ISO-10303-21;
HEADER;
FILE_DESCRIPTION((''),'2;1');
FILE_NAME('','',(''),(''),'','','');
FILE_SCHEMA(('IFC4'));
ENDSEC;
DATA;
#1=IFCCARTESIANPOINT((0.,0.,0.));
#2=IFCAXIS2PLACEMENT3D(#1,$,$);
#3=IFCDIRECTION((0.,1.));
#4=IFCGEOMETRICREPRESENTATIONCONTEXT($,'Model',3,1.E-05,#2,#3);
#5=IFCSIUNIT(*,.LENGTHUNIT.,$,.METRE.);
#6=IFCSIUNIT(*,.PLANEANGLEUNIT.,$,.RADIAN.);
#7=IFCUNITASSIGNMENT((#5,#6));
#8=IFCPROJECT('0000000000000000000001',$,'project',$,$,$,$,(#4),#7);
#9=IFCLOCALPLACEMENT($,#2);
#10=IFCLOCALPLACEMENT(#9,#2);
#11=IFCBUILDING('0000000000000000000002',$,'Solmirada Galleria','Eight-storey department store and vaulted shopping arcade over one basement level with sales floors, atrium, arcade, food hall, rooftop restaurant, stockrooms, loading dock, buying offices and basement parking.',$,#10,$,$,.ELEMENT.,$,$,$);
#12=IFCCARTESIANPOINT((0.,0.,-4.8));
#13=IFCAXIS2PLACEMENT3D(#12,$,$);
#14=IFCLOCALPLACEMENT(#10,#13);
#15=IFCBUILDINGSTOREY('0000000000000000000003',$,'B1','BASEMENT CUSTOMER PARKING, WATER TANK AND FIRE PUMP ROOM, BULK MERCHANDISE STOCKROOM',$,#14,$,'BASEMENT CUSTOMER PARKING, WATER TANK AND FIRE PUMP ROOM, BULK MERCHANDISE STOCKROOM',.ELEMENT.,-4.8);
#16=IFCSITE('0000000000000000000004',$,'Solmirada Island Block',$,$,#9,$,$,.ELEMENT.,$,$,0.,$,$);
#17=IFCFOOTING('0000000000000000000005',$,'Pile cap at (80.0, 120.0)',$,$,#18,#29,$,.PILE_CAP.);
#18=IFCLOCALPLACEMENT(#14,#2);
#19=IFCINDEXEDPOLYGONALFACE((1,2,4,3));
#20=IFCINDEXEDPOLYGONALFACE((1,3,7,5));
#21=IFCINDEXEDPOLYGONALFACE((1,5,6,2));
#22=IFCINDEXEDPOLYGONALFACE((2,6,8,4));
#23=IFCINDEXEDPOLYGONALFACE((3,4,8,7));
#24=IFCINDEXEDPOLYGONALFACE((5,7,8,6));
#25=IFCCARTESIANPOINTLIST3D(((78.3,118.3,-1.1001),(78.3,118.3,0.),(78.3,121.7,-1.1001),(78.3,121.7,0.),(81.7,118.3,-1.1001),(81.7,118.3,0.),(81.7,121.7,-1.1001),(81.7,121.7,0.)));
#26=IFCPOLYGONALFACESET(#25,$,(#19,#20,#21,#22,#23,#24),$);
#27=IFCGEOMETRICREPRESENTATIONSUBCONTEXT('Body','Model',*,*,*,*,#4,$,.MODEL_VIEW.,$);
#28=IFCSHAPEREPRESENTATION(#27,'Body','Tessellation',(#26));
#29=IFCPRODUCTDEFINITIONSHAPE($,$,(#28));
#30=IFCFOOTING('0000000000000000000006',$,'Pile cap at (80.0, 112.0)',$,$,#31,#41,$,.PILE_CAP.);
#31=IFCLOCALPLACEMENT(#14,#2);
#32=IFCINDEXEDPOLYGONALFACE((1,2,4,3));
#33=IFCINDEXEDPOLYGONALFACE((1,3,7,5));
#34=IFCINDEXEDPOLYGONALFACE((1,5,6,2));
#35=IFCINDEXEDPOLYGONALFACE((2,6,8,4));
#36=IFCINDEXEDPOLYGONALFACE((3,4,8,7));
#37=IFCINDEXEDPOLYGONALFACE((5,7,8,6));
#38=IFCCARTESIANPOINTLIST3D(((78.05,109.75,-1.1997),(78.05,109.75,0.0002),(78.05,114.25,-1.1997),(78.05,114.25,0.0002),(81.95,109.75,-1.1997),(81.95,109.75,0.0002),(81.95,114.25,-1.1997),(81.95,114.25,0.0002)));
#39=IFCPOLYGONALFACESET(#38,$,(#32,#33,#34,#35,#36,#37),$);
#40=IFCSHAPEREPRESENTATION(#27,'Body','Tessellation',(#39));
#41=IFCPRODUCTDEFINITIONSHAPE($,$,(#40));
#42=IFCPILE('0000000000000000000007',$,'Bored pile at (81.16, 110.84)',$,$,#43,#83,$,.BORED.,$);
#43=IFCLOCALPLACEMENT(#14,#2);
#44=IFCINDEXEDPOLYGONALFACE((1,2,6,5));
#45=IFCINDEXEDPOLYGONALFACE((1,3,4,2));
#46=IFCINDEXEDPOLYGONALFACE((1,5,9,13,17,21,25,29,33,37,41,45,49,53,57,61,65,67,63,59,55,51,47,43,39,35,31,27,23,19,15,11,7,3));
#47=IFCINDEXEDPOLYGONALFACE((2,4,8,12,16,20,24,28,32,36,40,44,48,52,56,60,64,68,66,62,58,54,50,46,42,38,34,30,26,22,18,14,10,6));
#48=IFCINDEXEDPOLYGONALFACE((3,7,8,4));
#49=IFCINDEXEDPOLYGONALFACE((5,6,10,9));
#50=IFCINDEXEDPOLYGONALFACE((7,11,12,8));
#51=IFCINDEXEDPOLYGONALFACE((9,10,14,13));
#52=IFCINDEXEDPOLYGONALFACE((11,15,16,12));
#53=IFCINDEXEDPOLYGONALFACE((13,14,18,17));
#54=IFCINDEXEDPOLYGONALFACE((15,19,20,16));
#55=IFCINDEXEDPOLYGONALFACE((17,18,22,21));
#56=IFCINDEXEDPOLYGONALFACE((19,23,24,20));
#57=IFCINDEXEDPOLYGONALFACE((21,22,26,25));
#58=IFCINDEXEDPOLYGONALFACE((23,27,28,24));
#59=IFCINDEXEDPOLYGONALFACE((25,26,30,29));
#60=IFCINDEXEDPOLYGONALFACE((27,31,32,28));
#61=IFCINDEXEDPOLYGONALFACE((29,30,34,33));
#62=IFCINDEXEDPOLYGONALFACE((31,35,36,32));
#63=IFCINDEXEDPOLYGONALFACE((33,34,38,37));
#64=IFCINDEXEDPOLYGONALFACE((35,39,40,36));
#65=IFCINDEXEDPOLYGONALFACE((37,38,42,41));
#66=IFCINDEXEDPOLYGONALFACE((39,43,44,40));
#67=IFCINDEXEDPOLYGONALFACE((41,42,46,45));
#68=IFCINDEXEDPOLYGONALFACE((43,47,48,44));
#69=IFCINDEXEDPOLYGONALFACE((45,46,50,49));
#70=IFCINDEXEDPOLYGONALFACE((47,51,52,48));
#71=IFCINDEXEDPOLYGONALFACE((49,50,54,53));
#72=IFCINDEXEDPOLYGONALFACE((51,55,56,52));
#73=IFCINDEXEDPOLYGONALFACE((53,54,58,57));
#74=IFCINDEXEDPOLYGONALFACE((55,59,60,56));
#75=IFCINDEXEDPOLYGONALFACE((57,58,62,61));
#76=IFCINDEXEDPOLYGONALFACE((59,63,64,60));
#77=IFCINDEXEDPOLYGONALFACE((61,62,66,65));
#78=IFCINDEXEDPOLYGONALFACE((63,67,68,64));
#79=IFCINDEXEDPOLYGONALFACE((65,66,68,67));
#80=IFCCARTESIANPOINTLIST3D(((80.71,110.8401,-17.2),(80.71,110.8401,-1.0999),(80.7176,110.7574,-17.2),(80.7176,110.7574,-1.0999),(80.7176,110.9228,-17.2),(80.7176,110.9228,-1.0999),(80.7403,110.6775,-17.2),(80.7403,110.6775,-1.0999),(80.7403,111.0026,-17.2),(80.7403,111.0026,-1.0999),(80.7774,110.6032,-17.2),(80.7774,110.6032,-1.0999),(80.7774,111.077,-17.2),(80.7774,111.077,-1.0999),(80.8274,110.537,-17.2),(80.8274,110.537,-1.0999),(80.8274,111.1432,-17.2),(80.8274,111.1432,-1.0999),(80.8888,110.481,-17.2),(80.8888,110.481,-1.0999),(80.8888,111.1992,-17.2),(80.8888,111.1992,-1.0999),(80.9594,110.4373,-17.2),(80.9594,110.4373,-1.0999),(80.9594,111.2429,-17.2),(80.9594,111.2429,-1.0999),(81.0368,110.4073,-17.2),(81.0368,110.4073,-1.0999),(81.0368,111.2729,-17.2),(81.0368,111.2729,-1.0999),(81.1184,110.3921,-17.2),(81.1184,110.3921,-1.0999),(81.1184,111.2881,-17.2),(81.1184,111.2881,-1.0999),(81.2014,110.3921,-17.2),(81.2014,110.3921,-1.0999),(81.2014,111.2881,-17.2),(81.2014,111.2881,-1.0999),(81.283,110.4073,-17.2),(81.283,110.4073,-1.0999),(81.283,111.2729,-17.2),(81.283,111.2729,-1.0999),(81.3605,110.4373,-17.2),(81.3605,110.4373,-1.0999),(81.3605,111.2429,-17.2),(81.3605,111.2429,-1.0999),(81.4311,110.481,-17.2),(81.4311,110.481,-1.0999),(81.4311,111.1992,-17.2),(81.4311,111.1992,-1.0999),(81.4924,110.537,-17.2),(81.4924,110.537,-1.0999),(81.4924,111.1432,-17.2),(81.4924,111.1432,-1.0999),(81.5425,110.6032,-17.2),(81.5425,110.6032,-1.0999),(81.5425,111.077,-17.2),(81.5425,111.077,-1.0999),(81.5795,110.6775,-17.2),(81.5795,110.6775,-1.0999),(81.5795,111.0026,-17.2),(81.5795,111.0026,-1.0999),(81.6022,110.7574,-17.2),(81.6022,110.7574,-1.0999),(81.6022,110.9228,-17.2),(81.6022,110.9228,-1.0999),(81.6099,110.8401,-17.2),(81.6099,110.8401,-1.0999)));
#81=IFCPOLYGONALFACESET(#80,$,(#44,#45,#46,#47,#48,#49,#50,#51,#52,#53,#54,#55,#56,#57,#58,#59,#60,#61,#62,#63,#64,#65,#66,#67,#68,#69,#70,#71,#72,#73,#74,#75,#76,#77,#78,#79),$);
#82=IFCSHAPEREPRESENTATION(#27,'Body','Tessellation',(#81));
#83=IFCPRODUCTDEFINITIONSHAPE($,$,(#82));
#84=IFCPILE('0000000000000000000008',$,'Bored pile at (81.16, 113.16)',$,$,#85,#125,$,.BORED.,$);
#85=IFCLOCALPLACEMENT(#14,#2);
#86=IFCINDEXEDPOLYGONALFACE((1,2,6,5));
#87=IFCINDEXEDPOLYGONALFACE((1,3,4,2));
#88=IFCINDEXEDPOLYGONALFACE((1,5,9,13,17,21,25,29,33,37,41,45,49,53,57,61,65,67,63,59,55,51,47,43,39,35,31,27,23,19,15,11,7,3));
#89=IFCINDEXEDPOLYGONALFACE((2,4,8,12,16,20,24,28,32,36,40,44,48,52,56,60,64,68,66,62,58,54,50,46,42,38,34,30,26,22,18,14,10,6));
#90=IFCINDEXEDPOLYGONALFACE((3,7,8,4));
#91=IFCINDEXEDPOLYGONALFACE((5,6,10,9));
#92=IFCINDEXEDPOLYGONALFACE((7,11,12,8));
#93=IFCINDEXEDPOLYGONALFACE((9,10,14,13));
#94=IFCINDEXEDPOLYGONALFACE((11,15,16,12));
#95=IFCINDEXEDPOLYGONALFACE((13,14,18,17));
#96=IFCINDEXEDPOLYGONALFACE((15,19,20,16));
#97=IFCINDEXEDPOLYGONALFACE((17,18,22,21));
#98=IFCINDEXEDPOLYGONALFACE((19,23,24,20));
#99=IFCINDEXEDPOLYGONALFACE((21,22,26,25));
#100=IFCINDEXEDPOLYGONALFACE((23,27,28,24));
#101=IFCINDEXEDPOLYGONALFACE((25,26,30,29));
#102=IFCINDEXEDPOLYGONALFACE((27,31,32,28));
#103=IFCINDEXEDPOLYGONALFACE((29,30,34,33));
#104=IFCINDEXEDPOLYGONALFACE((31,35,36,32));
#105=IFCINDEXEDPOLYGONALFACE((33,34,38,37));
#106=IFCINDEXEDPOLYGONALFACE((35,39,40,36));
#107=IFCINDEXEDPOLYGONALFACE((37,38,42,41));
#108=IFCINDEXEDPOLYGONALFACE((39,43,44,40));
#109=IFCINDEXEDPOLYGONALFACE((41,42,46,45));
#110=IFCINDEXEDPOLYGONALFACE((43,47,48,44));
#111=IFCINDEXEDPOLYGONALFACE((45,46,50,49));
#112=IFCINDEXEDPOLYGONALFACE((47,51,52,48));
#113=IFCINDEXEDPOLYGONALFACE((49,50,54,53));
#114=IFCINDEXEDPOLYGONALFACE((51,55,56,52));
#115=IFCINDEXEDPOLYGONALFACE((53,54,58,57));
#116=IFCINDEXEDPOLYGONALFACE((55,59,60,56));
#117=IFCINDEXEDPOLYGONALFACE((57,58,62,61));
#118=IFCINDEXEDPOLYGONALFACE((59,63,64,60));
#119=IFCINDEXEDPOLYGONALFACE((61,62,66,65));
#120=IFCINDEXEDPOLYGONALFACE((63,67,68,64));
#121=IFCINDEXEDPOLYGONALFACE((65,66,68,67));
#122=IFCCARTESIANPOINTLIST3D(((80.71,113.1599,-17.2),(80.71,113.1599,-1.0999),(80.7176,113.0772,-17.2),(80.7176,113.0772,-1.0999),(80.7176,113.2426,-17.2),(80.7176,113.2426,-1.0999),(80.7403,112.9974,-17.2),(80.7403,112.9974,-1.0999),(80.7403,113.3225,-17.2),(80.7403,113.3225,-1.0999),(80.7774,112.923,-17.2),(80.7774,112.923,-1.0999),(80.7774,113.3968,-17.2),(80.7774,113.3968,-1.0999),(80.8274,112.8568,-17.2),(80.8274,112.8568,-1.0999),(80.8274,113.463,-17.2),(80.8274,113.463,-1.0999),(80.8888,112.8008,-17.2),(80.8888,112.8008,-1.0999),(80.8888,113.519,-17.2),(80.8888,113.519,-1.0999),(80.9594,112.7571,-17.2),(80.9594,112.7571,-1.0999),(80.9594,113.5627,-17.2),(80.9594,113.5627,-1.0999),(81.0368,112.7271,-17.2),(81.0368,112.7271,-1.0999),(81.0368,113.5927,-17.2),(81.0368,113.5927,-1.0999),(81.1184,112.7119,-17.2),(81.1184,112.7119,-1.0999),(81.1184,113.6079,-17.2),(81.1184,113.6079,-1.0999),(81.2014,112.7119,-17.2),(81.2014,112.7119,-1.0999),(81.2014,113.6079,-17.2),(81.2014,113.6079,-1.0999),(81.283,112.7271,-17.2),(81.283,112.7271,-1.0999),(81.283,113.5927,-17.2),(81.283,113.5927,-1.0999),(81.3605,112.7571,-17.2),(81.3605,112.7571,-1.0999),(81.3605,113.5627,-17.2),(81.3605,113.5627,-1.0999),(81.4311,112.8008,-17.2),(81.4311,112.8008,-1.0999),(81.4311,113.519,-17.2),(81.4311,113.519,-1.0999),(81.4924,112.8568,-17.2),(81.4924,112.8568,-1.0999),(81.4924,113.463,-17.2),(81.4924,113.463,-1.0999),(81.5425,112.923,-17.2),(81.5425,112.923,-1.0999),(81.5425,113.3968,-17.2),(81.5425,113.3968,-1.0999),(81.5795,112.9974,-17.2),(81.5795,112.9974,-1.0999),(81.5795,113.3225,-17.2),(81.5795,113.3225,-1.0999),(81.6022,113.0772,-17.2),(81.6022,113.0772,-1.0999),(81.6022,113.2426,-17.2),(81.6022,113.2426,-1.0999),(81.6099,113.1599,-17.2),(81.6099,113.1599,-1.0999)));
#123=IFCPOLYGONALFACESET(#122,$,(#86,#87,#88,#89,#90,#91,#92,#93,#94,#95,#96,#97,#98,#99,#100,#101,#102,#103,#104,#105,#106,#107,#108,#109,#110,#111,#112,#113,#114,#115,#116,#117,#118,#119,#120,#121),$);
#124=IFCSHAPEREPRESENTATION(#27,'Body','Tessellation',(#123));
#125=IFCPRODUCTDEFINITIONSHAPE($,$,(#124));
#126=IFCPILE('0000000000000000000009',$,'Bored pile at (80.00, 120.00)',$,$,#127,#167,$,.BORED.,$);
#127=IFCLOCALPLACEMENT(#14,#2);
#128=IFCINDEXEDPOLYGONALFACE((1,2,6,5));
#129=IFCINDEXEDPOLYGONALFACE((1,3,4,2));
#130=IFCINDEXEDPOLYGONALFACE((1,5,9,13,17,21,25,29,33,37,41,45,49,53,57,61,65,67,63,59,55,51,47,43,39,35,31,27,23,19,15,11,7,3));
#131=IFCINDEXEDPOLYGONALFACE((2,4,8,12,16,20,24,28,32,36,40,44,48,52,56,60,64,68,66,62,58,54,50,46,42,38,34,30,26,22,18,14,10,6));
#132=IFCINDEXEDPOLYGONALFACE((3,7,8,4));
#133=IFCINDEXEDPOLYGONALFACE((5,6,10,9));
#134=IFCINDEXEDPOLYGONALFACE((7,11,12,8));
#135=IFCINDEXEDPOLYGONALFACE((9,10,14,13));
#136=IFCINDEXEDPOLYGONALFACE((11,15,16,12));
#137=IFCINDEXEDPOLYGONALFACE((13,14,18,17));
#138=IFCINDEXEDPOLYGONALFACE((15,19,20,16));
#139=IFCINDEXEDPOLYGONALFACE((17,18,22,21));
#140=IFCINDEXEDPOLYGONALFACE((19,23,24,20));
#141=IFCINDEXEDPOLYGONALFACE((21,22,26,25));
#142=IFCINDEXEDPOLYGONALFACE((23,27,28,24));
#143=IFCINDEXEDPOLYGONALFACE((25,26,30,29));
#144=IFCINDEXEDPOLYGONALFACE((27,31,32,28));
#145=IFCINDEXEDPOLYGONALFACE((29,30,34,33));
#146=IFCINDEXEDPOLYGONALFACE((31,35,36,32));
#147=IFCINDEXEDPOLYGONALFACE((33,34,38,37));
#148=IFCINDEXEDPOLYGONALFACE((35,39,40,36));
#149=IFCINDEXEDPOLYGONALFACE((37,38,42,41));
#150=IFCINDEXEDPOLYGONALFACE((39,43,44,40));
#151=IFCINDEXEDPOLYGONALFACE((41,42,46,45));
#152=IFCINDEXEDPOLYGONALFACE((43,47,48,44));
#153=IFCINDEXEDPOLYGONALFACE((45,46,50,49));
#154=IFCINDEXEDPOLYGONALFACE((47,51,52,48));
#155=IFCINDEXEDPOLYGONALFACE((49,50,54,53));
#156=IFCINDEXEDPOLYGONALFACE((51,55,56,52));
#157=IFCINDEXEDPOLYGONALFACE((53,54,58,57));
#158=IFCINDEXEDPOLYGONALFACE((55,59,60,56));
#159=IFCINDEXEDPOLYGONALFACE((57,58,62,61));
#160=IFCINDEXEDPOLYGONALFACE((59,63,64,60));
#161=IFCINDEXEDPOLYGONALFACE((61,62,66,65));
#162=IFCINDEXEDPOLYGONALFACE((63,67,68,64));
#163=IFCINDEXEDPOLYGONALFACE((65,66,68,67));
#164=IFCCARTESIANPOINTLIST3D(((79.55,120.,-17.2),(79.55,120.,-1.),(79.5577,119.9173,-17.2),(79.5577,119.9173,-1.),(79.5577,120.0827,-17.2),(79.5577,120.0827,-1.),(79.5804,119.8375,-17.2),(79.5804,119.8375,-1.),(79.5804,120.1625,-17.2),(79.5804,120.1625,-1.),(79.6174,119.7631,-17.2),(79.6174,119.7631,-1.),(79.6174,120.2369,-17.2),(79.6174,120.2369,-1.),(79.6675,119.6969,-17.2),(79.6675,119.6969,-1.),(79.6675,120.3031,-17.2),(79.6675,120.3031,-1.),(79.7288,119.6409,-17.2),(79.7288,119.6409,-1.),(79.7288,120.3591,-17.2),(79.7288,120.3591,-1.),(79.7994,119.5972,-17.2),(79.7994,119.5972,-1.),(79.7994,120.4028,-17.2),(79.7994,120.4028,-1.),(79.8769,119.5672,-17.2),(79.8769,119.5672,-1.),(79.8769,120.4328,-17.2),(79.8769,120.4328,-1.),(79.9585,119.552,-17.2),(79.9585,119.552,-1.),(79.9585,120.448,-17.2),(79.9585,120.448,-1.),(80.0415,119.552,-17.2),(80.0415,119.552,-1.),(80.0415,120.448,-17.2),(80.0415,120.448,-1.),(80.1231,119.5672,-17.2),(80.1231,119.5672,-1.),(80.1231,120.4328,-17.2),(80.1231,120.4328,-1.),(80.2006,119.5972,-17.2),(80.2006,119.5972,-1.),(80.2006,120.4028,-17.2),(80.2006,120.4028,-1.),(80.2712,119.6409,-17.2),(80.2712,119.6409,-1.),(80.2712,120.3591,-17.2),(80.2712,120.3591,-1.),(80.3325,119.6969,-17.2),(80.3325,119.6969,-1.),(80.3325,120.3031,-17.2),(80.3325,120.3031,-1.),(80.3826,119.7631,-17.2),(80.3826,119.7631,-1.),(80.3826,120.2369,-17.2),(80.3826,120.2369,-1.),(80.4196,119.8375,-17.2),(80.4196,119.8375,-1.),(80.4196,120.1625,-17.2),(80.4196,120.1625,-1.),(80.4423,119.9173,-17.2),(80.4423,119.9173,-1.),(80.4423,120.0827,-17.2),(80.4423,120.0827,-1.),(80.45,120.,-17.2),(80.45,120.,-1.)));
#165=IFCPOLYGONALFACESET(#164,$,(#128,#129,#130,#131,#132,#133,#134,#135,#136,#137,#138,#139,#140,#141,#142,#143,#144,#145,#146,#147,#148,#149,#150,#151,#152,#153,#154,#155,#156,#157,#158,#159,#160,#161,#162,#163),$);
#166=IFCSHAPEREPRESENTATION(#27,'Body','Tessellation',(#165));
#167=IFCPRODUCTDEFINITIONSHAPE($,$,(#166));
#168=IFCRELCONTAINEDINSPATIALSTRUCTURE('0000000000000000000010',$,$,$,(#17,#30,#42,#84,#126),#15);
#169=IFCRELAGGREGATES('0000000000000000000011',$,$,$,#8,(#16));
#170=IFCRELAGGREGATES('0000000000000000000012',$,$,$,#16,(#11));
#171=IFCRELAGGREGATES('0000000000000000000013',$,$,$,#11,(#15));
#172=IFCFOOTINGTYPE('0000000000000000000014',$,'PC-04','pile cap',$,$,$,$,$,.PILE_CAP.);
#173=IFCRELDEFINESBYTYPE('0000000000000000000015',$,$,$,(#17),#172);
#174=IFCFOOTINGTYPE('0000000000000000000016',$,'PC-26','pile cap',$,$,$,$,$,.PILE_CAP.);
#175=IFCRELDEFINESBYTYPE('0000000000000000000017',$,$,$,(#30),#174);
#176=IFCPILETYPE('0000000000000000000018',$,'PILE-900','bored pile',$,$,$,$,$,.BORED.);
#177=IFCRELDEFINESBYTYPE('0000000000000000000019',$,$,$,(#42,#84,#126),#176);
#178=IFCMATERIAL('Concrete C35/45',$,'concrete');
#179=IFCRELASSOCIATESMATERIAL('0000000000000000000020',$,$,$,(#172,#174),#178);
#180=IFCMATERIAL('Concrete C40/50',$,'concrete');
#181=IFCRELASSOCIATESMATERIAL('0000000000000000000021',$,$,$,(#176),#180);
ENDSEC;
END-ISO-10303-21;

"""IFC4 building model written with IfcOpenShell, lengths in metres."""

from ifc_helpers import new_model, si_unit, direction, frame, origin, origin_2d, place, context, subcontext, project, spatial, rectangle, circle, extrude, material, material_profile, profile_set, type_object, element, save


model = new_model("IFC4")

# Units and contexts
model_context = context("Model", 3, precision=1e-05, world=origin(), true_north=direction((0.0, 1.0)))
body_context = subcontext(model_context, "Body", "Model", "MODEL_VIEW")
ifc_project = project(units=[si_unit("LENGTHUNIT", "METRE"), si_unit("PLANEANGLEUNIT", "RADIAN")], contexts=[model_context])

# Site, building, storey
site_placement = place(None, origin())
site = spatial("IfcSite", under=ifc_project, at=site_placement, Name="Solmirada Island Block", CompositionType="ELEMENT", RefElevation=0.0)
building_placement = place(site_placement, origin())
building = spatial("IfcBuilding", under=site, at=building_placement, Name="Solmirada Galleria", Description="Eight-storey department store and vaulted shopping arcade over one basement level with sales floors, atrium, arcade, food hall, rooftop restaurant, stockrooms, loading dock, buying offices and basement parking.", CompositionType="ELEMENT")
storey_placement = place(building_placement, frame((0.0, 0.0, -4.8)))
storey = spatial("IfcBuildingStorey", under=building, at=storey_placement, Name="B1", Description="BASEMENT CUSTOMER PARKING, WATER TANK AND FIRE PUMP ROOM, BULK MERCHANDISE STOCKROOM", LongName="BASEMENT CUSTOMER PARKING, WATER TANK AND FIRE PUMP ROOM, BULK MERCHANDISE STOCKROOM", CompositionType="ELEMENT", Elevation=-4.8)

# Footings
ifc_material_1 = material(Name="Concrete C35/45", Category="concrete")
footing_type_1 = type_object("IfcFootingType", Name="PC-04", Description="pile cap", PredefinedType="PILE_CAP", material=ifc_material_1)
footing_1_placement = place(storey_placement, frame((80.0, 120.0, -1.1001), z_axis=(0.0, 0.0, 1.0), x_axis=(1.0, 0.0, 0.0)))
element("IfcFooting", 1, at=footing_1_placement, inside=storey, type_object=footing_type_1, Name="Pile cap at (80.0, 120.0)", PredefinedType="PILE_CAP", context=body_context, shape_type="SweptSolid", body=[
    extrude(rectangle(XDim=3.3999, YDim=3.3999, at=origin_2d()), origin(), (0.0, 0.0, 1.0), 1.1001),
])
footing_type_2 = type_object("IfcFootingType", Name="PC-26", Description="pile cap", PredefinedType="PILE_CAP", material=ifc_material_1)
footing_2_placement = place(storey_placement, frame((80.0, 112.0, -1.1997), z_axis=(0.0, 0.0, 1.0), x_axis=(1.0, 0.0, 0.0)))
element("IfcFooting", 2, at=footing_2_placement, inside=storey, type_object=footing_type_2, Name="Pile cap at (80.0, 112.0)", PredefinedType="PILE_CAP", context=body_context, shape_type="SweptSolid", body=[
    extrude(rectangle(XDim=3.8999, YDim=4.5, at=origin_2d()), origin(), (0.0, 0.0, 1.0), 1.2),
])

# Piles
ifc_material_2 = material(Name="Concrete C40/50", Category="concrete")
ifc_material_profile_1 = material_profile(ifc_material_2, circle(Radius=0.45, at=origin_2d()), Name="PILE900")
ifc_profile_set_1 = profile_set([ifc_material_profile_1], Name="Concrete C40/50")
pile_type = type_object("IfcPileType", Name="PILE-900", Description="bored pile", PredefinedType="BORED", material=ifc_profile_set_1)
for number, where, z_axis, x_axis, name in (
    (3, (81.1599, 110.8401, -1.0999), (0.0, 0.0, -1.0), (1.0, 0.0, 0.0), "Bored pile at (81.16, 110.84)"),
    (4, (81.1599, 113.1599, -1.0999), (0.0, 0.0, -1.0), (1.0, 0.0, 0.0), "Bored pile at (81.16, 113.16)"),
):
    element("IfcPile", number, at=place(storey_placement, frame(where, z_axis=z_axis, x_axis=x_axis)), inside=storey, type_object=pile_type, Name=name, PredefinedType="BORED", context=body_context, shape_type="SweptSolid", body=[
        extrude(circle(Radius=0.45, at=origin_2d()), origin(), (0.0, 0.0, 1.0), 16.1001),
    ])
pile_1_placement = place(storey_placement, frame((80.0, 120.0, -1.0), z_axis=(0.0, 0.0, -1.0), x_axis=(1.0, 0.0, 0.0)))
element("IfcPile", 5, at=pile_1_placement, inside=storey, type_object=pile_type, Name="Bored pile at (80.00, 120.00)", PredefinedType="BORED", context=body_context, shape_type="SweptSolid", body=[
    extrude(circle(Radius=0.45, at=origin_2d()), origin(), (0.0, 0.0, 1.0), 16.2),
])

save(model, "model.ifc")
